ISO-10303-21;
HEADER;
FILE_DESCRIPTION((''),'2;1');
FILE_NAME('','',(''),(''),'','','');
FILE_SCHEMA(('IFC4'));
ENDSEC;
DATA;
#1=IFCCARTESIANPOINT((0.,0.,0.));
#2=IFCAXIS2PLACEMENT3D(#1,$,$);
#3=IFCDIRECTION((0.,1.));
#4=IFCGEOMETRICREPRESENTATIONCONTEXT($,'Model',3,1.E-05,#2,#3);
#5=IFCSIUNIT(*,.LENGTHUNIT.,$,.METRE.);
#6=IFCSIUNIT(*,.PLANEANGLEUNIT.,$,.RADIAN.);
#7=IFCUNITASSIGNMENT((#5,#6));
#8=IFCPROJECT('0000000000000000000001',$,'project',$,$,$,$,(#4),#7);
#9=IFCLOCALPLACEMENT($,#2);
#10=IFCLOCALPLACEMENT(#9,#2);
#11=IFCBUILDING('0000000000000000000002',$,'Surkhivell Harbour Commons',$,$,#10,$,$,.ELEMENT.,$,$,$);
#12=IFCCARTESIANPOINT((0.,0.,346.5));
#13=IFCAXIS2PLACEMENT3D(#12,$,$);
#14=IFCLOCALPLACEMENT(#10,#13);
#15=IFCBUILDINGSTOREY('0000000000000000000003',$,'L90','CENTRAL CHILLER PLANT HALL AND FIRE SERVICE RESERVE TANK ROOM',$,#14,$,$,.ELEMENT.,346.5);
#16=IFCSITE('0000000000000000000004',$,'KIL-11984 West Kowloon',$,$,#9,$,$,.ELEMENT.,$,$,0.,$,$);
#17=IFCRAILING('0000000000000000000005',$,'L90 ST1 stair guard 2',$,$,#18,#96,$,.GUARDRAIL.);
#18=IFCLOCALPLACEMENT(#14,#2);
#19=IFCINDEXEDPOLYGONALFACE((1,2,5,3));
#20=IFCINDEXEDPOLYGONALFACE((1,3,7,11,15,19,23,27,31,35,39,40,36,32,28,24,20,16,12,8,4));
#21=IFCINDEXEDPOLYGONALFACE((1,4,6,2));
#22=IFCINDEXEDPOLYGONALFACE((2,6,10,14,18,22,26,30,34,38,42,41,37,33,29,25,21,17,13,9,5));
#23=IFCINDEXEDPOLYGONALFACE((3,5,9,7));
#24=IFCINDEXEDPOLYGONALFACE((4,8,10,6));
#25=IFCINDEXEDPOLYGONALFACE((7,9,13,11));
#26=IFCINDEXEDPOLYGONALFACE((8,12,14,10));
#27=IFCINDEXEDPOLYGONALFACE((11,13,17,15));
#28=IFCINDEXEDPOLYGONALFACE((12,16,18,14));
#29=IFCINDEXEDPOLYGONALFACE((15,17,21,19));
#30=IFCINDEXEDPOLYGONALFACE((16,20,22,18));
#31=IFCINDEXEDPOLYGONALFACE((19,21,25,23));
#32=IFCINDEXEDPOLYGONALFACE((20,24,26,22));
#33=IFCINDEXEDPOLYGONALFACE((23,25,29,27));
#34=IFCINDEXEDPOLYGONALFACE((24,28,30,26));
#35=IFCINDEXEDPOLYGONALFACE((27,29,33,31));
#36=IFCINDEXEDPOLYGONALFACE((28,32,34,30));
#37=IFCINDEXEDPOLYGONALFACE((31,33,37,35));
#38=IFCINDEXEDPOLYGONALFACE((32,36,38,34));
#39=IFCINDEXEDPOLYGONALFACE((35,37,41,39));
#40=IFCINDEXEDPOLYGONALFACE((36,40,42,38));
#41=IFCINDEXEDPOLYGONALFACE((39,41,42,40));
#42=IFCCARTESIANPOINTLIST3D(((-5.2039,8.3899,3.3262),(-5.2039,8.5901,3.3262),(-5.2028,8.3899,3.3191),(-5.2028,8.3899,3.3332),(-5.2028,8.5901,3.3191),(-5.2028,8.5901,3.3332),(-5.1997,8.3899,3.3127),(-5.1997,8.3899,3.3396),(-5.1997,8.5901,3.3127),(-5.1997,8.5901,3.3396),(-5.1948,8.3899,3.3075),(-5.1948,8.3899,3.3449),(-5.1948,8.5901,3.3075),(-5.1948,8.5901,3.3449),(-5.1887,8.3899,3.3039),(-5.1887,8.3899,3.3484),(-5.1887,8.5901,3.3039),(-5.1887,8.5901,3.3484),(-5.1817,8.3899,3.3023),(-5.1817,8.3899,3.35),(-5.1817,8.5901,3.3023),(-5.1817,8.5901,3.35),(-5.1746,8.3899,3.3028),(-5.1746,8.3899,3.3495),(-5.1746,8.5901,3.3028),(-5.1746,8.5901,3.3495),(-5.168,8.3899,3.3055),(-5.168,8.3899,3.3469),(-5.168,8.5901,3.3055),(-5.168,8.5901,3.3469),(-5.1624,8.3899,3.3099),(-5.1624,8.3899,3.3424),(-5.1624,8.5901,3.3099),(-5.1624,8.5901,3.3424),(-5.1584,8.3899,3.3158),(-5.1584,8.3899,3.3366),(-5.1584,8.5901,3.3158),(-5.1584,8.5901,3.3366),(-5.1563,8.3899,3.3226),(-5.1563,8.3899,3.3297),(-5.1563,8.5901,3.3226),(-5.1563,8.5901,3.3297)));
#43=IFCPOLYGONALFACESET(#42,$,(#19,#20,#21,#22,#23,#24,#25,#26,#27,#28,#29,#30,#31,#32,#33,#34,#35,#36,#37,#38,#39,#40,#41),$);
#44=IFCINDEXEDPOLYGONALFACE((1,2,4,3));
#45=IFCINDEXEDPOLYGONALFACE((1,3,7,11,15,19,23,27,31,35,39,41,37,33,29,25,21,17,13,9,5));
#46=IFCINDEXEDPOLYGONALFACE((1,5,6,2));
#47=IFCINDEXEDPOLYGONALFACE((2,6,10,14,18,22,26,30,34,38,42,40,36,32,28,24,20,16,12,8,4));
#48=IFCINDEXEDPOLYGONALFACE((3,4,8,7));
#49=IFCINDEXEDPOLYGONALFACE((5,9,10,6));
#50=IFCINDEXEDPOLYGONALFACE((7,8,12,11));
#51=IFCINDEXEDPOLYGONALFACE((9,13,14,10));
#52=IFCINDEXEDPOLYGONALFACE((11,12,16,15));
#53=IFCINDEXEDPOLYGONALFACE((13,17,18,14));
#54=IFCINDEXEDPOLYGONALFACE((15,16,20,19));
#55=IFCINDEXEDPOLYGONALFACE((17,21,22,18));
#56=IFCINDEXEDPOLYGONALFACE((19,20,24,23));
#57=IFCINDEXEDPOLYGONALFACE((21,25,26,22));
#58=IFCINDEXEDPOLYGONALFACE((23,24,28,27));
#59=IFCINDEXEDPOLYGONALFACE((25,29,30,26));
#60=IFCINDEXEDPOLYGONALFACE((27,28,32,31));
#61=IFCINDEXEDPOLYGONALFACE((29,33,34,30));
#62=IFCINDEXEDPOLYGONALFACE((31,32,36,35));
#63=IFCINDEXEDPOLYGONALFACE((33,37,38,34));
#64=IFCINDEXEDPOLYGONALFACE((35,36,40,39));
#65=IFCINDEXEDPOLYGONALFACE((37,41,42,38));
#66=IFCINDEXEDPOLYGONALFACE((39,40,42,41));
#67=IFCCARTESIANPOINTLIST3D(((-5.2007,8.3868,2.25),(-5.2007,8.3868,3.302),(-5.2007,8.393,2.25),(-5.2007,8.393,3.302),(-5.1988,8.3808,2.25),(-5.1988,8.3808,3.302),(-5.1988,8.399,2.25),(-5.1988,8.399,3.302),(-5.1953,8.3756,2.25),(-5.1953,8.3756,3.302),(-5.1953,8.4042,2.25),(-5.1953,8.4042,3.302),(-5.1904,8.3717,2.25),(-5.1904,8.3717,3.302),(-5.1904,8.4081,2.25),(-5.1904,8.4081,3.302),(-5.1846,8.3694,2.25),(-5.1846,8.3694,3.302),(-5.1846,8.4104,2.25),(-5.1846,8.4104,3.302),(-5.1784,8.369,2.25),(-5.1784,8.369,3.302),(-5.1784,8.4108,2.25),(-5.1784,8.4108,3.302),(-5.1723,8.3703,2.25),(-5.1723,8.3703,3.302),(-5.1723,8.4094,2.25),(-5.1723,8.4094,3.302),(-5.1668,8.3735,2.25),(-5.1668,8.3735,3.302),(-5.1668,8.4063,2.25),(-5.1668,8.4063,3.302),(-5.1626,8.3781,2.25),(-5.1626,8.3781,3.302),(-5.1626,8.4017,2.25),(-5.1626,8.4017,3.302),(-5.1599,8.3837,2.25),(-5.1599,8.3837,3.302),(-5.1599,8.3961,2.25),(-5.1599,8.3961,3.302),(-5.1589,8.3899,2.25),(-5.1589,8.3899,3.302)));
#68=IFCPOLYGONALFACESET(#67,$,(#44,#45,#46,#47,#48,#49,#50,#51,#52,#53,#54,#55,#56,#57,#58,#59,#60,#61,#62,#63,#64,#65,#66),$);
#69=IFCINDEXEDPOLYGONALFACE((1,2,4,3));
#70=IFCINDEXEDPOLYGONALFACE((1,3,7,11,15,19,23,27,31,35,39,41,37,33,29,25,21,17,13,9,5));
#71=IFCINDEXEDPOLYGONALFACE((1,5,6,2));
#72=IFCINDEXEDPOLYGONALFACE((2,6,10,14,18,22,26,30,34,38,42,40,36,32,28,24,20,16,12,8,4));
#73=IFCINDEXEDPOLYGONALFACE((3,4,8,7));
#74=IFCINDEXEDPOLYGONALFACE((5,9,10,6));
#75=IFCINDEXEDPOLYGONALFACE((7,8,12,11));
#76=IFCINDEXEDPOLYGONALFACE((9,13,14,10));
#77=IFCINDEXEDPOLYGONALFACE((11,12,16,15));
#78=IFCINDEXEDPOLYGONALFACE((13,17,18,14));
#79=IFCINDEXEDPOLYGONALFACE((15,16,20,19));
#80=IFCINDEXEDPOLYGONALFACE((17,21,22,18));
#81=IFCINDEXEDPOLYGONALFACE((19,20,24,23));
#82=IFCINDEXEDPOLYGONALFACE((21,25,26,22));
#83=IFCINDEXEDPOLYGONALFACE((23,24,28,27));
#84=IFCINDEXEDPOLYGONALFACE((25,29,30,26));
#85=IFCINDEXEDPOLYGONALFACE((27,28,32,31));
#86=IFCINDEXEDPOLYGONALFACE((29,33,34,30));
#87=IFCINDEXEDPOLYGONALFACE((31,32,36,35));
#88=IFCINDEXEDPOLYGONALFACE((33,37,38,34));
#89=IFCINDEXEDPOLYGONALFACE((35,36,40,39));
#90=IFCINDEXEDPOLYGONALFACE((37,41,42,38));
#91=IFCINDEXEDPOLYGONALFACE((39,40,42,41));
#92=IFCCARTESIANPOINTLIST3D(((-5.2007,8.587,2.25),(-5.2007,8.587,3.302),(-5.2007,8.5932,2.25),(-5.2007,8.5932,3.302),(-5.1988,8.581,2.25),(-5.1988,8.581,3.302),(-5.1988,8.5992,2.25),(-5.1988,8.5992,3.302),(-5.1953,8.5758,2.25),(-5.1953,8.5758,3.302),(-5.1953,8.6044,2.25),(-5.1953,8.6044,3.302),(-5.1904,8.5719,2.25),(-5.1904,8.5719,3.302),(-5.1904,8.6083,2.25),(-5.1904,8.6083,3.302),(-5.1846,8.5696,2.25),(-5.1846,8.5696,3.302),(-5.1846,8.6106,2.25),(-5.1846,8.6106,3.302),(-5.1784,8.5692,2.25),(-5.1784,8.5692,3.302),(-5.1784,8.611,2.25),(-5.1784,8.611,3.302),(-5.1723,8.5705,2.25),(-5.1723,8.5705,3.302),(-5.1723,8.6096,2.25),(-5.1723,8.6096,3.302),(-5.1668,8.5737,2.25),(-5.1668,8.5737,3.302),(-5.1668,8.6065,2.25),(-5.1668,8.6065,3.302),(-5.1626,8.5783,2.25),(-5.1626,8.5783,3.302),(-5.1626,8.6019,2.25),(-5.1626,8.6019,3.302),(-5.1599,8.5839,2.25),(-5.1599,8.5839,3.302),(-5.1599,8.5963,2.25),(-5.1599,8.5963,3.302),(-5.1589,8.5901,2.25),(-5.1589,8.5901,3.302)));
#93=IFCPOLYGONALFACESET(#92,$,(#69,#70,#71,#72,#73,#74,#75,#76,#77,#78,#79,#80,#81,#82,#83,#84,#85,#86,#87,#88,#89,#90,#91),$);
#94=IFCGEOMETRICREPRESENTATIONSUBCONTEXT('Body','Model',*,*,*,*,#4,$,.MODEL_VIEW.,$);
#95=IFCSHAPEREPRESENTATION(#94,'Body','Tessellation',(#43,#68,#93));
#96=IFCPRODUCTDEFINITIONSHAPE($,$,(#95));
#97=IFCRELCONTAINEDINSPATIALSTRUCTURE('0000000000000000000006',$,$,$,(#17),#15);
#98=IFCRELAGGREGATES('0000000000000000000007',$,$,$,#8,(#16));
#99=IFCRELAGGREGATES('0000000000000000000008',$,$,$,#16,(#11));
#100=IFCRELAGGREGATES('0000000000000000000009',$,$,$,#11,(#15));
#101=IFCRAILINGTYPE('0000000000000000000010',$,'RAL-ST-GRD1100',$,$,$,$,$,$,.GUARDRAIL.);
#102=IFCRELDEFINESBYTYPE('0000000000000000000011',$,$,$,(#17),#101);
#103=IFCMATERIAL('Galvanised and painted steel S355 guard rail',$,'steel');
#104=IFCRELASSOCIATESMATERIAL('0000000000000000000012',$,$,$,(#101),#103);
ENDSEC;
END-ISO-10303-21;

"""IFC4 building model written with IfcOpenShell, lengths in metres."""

from ifc_helpers import new_model, si_unit, direction, frame, origin, origin_2d, place, context, subcontext, project, spatial, circle, extrude, material, type_object, element, save


model = new_model("IFC4")

# Units and contexts
model_context = context("Model", 3, precision=1e-05, world=origin(), true_north=direction((0.0, 1.0)))
body_context = subcontext(model_context, "Body", "Model", "MODEL_VIEW")
ifc_project = project(units=[si_unit("LENGTHUNIT", "METRE"), si_unit("PLANEANGLEUNIT", "RADIAN")], contexts=[model_context])

# Site, building, storey
site_placement = place(None, origin())
site = spatial("IfcSite", under=ifc_project, at=site_placement, Name="KIL-11984 West Kowloon", CompositionType="ELEMENT", RefElevation=0.0)
building_placement = place(site_placement, origin())
building = spatial("IfcBuilding", under=site, at=building_placement, Name="Surkhivell Harbour Commons", CompositionType="ELEMENT")
storey_placement = place(building_placement, frame((0.0, 0.0, 346.5)))
storey = spatial("IfcBuildingStorey", under=building, at=storey_placement, Name="L90", Description="CENTRAL CHILLER PLANT HALL AND FIRE SERVICE RESERVE TANK ROOM", CompositionType="ELEMENT", Elevation=346.5)

# Railing
ifc_material_1 = material(Name="Galvanised and painted steel S355 guard rail", Category="steel")
railing_type_1 = type_object("IfcRailingType", Name="RAL-ST-GRD1100", PredefinedType="GUARDRAIL", material=ifc_material_1)
railing_1_placement = place(storey_placement, frame((-5.1799, 8.3899, 2.25)))
element("IfcRailing", 1, at=railing_1_placement, inside=storey, type_object=railing_type_1, Name="L90 ST1 stair guard 2", PredefinedType="GUARDRAIL", context=body_context, shape_type="SweptSolid", body=[
    extrude(circle(Radius=0.0239, at=origin_2d()), frame((0.0, 0.0, 1.0762), z_axis=(0.0, 1.0, 0.0), x_axis=(-1.0, 0.0, 0.0)), (0.0, 0.0, 1.0), 0.2002),
    extrude(circle(Radius=0.021, at=origin_2d()), origin(), (0.0, 0.0, 1.0), 1.052),
    extrude(circle(Radius=0.021, at=origin_2d()), frame((0.0, 0.2002, 0.0)), (0.0, 0.0, 1.0), 1.052),
])

save(model, "model.ifc")
